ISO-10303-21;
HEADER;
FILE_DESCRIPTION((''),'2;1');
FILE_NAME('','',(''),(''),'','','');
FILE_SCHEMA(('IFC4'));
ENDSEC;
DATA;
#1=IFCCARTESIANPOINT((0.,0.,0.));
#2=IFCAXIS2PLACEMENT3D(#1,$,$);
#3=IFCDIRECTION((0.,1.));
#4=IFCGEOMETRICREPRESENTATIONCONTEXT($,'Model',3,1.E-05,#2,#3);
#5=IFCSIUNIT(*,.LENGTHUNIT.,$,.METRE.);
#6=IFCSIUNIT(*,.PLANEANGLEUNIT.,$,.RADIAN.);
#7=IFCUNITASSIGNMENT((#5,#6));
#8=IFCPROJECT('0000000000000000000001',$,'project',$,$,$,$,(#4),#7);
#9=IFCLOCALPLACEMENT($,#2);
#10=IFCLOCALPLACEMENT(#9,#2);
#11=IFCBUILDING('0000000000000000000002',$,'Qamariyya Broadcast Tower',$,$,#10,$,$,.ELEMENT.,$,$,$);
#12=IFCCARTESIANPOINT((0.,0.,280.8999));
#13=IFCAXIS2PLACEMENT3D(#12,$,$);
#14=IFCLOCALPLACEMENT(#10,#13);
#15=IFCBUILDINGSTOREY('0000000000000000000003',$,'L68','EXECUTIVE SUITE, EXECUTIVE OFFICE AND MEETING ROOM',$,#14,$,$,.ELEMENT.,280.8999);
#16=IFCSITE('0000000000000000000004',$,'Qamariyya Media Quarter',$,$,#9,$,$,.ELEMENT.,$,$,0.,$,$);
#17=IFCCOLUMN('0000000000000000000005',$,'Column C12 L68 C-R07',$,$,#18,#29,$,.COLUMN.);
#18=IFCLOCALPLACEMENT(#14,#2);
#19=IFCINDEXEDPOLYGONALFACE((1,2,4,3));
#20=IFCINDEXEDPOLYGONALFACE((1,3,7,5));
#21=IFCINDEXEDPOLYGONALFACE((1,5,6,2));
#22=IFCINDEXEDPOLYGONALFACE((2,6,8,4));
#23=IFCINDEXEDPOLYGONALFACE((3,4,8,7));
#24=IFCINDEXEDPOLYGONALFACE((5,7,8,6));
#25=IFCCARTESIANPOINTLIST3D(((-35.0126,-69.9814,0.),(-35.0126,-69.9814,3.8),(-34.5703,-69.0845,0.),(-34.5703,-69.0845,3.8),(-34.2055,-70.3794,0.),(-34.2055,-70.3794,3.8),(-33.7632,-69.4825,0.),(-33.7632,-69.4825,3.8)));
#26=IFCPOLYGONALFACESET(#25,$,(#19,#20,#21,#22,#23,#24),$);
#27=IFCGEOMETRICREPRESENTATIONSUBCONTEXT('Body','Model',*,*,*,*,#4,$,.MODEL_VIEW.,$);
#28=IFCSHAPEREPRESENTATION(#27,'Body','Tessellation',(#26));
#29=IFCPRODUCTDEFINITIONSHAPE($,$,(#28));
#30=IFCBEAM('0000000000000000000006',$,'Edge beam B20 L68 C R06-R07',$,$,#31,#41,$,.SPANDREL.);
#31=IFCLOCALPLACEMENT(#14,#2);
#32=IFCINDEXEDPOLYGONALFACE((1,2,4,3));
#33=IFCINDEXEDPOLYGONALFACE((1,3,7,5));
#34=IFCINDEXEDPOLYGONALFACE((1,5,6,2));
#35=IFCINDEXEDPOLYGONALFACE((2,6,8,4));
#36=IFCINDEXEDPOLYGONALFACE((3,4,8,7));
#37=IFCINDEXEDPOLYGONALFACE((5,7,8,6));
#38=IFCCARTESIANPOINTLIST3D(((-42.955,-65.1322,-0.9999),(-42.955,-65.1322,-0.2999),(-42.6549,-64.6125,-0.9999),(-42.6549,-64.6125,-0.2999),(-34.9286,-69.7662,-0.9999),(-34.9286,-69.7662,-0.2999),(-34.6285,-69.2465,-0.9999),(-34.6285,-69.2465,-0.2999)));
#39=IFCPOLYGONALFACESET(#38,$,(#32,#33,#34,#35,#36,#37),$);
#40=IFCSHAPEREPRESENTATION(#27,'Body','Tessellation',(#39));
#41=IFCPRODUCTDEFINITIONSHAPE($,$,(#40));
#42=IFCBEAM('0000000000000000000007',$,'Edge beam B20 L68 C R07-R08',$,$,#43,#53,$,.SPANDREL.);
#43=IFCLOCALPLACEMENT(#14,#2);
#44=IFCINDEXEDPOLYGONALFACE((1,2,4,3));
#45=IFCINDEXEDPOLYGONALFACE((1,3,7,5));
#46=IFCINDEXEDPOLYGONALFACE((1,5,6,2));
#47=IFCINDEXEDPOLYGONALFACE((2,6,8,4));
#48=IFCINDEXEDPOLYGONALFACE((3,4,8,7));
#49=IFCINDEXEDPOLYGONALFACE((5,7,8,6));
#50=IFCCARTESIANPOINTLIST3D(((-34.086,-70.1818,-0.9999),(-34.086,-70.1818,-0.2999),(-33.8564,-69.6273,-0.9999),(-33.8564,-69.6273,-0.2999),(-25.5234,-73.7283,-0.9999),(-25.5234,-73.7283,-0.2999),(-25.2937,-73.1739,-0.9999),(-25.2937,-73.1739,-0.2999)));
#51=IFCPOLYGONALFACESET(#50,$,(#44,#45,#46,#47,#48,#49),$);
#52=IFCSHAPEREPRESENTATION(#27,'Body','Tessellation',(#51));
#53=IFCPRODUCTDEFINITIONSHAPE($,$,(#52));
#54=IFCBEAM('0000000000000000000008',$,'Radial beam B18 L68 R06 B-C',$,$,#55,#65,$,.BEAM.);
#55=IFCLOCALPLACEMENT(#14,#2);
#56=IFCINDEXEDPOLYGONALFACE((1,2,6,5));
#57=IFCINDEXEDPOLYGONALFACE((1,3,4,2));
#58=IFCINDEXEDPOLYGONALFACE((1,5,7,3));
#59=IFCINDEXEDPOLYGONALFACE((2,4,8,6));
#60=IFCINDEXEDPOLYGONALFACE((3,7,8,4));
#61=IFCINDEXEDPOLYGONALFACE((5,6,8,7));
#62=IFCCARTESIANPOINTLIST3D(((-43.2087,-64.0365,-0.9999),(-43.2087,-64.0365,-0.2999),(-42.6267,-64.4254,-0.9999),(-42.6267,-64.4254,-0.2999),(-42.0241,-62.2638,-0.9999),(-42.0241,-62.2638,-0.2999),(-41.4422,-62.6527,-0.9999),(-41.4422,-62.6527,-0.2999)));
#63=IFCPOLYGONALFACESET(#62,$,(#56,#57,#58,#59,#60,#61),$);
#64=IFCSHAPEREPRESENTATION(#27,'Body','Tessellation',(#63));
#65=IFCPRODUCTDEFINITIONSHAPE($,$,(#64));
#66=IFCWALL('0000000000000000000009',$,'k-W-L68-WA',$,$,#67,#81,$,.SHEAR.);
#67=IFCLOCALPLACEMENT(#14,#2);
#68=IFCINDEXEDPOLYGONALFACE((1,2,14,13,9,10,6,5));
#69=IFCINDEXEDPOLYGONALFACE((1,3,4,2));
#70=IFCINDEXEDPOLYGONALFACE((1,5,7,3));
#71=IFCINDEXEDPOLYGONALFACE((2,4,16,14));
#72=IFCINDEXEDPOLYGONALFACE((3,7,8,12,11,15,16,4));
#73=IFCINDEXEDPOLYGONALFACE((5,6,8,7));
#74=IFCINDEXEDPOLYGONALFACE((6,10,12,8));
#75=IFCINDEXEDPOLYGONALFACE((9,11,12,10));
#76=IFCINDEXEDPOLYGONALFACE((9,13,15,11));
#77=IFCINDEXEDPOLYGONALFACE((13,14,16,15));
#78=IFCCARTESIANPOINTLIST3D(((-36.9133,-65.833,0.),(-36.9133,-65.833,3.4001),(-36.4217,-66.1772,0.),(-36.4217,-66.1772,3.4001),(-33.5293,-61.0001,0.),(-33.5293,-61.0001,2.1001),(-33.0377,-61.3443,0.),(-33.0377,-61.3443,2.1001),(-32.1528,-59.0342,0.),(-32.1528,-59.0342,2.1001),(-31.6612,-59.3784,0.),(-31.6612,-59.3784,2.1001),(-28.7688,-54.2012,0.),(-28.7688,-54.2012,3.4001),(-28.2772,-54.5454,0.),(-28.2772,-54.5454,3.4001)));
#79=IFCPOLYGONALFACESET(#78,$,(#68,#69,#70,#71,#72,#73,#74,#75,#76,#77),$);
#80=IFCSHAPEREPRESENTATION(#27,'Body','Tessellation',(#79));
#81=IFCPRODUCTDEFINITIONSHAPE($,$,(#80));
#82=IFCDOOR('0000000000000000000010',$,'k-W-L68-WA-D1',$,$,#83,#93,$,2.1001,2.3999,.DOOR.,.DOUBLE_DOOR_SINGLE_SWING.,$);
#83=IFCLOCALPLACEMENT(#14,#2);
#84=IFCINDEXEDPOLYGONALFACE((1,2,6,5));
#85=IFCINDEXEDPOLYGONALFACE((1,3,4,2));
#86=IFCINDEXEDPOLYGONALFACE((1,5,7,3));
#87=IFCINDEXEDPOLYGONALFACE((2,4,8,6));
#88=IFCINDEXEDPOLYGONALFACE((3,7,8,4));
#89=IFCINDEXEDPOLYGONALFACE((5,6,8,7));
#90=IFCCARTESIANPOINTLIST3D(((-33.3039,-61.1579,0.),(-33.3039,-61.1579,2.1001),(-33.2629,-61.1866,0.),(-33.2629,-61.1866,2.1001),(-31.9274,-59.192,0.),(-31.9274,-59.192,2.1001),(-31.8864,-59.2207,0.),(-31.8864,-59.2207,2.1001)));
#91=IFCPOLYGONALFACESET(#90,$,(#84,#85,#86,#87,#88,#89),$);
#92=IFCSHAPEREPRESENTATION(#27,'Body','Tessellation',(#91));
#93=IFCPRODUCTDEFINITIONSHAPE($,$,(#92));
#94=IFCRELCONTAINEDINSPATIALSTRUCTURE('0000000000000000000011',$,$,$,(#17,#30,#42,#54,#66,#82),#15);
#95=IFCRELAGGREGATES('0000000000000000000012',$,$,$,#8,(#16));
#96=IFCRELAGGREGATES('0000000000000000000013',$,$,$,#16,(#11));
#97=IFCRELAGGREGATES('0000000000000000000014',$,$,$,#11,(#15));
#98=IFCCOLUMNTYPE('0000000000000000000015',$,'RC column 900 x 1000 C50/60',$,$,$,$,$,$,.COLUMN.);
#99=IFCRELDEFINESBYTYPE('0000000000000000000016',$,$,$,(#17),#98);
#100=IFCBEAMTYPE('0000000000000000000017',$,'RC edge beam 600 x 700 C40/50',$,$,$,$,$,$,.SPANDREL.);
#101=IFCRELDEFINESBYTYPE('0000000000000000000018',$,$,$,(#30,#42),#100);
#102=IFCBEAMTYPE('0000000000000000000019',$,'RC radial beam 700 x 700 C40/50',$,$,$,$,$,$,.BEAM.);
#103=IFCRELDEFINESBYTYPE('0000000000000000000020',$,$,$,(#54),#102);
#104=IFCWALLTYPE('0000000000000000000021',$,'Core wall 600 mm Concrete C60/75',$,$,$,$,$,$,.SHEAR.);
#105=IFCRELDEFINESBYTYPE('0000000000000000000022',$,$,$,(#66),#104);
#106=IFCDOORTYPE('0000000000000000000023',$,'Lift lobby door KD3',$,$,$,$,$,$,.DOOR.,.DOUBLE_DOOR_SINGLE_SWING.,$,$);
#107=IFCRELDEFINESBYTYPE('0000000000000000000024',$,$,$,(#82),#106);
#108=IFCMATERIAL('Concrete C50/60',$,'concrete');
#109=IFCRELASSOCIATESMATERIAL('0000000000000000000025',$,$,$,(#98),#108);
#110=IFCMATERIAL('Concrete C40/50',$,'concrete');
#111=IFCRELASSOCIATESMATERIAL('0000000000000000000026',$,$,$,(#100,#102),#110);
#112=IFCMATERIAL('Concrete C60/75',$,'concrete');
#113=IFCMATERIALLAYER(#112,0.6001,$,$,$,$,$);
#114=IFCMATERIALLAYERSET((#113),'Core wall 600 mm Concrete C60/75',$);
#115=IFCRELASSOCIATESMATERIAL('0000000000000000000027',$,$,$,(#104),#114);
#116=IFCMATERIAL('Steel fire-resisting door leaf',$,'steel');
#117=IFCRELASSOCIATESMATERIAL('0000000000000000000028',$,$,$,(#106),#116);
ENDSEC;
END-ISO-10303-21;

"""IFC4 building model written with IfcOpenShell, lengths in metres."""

from ifc_helpers import new_model, si_unit, direction, frame, frame_2d, origin, origin_2d, place, context, subcontext, project, spatial, rectangle, extrude, material, layer, layer_set, material_profile, profile_set, type_object, element, fill, save


model = new_model("IFC4")

# Units and contexts
model_context = context("Model", 3, precision=1e-05, world=origin(), true_north=direction((0.0, 1.0)))
body_context = subcontext(model_context, "Body", "Model", "MODEL_VIEW")
ifc_project = project(units=[si_unit("LENGTHUNIT", "METRE"), si_unit("PLANEANGLEUNIT", "RADIAN")], contexts=[model_context])

# Site, building, storey
site_placement = place(None, origin())
site = spatial("IfcSite", under=ifc_project, at=site_placement, Name="Qamariyya Media Quarter", CompositionType="ELEMENT", RefElevation=0.0)
building_placement = place(site_placement, origin())
building = spatial("IfcBuilding", under=site, at=building_placement, Name="Qamariyya Broadcast Tower", CompositionType="ELEMENT")
storey_placement = place(building_placement, frame((0.0, 0.0, 280.8999)))
storey = spatial("IfcBuildingStorey", under=building, at=storey_placement, Name="L68", Description="EXECUTIVE SUITE, EXECUTIVE OFFICE AND MEETING ROOM", CompositionType="ELEMENT", Elevation=280.8999)

# Column
ifc_material_1 = material(Name="Concrete C50/60", Category="concrete")
ifc_material_profile_1 = material_profile(ifc_material_1, rectangle(XDim=0.8999, YDim=1.0, at=origin_2d()))
ifc_profile_set_1 = profile_set([ifc_material_profile_1], Name="Concrete C50/60")
column_type = type_object("IfcColumnType", Name="RC column 900 x 1000 C50/60", PredefinedType="COLUMN", material=ifc_profile_set_1)
column_placement = place(storey_placement, frame((-34.3879, -69.7319, 0.0), z_axis=(0.0, 0.0, 1.0), x_axis=(0.896873, -0.442289, 0.0)))
element("IfcColumn", 1, at=column_placement, inside=storey, type_object=column_type, Name="Column C12 L68 C-R07", PredefinedType="COLUMN", context=body_context, shape_type="SweptSolid", body=[
    extrude(rectangle(XDim=0.8999, YDim=1.0, at=origin_2d()), origin(), (0.0, 0.0, 1.0), 3.8),
])

# Beams
ifc_material_2 = material(Name="Concrete C40/50", Category="concrete")
ifc_material_profile_2 = material_profile(ifc_material_2, rectangle(XDim=0.6001, YDim=0.7, at=origin_2d()))
ifc_profile_set_2 = profile_set([ifc_material_profile_2], Name="Concrete C40/50")
beam_type_1 = type_object("IfcBeamType", Name="RC edge beam 600 x 700 C40/50", PredefinedType="SPANDREL", material=ifc_profile_set_2)
for number, where, z_axis, x_axis, name in (
    (2, (-42.8049, -64.8723, -0.6499), (0.866025, -0.500001, 0.0), (0.500001, 0.866025, 0.0), "Edge beam B20 L68 C R06-R07"),
    (3, (-33.9712, -69.9045, -0.6499), (0.923886, -0.382667, 0.0), (0.382667, 0.923886, 0.0), "Edge beam B20 L68 C R07-R08"),
):
    element("IfcBeam", number, at=place(storey_placement, frame(where, z_axis=z_axis, x_axis=x_axis)), inside=storey, type_object=beam_type_1, Name=name, PredefinedType="SPANDREL", context=body_context, shape_type="SweptSolid", body=[
        extrude(rectangle(XDim=0.6001, YDim=0.7, at=origin_2d()), origin(), (0.0, 0.0, 1.0), 9.2681),
    ])
ifc_material_profile_3 = material_profile(ifc_material_2, rectangle(XDim=0.7, YDim=0.7, at=origin_2d()))
ifc_profile_set_3 = profile_set([ifc_material_profile_3], Name="Concrete C40/50")
beam_type_2 = type_object("IfcBeamType", Name="RC radial beam 700 x 700 C40/50", PredefinedType="BEAM", material=ifc_profile_set_3)
beam_placement = place(storey_placement, frame((-41.7332, -62.4583, -0.6499), z_axis=(-0.555598, -0.831451, 0.0), x_axis=(0.831451, -0.555598, 0.0)))
element("IfcBeam", 4, at=beam_placement, inside=storey, type_object=beam_type_2, Name="Radial beam B18 L68 R06 B-C", PredefinedType="BEAM", context=body_context, shape_type="SweptSolid", body=[
    extrude(rectangle(XDim=0.7, YDim=0.7, at=origin_2d()), origin(), (0.0, 0.0, 1.0), 2.1321),
])

# Wall, opening, door
ifc_material_3 = material(Name="Concrete C60/75", Category="concrete")
ifc_layer_1 = layer(ifc_material_3, 0.6001)
ifc_layer_set_1 = layer_set([ifc_layer_1], Name="Core wall 600 mm Concrete C60/75")
wall_type_1 = type_object("IfcWallType", Name="Core wall 600 mm Concrete C60/75", PredefinedType="SHEAR", material=ifc_layer_set_1)
wall_1_placement = place(storey_placement, frame((-36.6675, -66.0051, 0.0), z_axis=(0.0, 0.0, 1.0), x_axis=(0.573568, 0.819158, 0.0)))
wall_1 = element("IfcWall", 5, at=wall_1_placement, inside=storey, type_object=wall_type_1, Name="k-W-L68-WA", PredefinedType="SHEAR", context=body_context, shape_type="SweptSolid", body=[
    extrude(rectangle(XDim=14.1997, YDim=0.6001, at=frame_2d((7.0999, 0.0))), origin(), (0.0, 0.0, 1.0), 3.4001),
])
opening_1_placement = place(wall_1_placement, frame((5.8999, 0.0, 0.0)))
opening_1 = element("IfcOpeningElement", 6, at=opening_1_placement, cuts=wall_1, PredefinedType="OPENING", context=body_context, shape_type="SweptSolid", body=[
    extrude(rectangle(XDim=2.3999, YDim=2.1001, at=frame_2d((1.2, 1.05))), frame((0.0, 0.3101, 0.0), z_axis=(0.0, -1.0, 0.0), x_axis=(1.0, 0.0, 0.0)), (0.0, 0.0, 1.0), 0.6201),
])
ifc_material_4 = material(Name="Steel fire-resisting door leaf", Category="steel")
door_type_1 = type_object("IfcDoorType", Name="Lift lobby door KD3", OperationType="DOUBLE_DOOR_SINGLE_SWING", PredefinedType="DOOR", material=ifc_material_4)
door_1_placement = place(opening_1_placement, origin())
door_1 = element("IfcDoor", 7, at=door_1_placement, inside=storey, type_object=door_type_1, Name="k-W-L68-WA-D1", OperationType="DOUBLE_DOOR_SINGLE_SWING", OverallHeight=2.1001, OverallWidth=2.3999, PredefinedType="DOOR", context=body_context, shape_type="SweptSolid", body=[
    extrude(rectangle(XDim=2.3999, YDim=2.1001, at=frame_2d((1.2, 1.05))), frame((0.0, 0.0249, 0.0), z_axis=(0.0, -1.0, 0.0), x_axis=(1.0, 0.0, 0.0)), (0.0, 0.0, 1.0), 0.05),
])
fill(opening_1, door_1)

save(model, "model.ifc")
